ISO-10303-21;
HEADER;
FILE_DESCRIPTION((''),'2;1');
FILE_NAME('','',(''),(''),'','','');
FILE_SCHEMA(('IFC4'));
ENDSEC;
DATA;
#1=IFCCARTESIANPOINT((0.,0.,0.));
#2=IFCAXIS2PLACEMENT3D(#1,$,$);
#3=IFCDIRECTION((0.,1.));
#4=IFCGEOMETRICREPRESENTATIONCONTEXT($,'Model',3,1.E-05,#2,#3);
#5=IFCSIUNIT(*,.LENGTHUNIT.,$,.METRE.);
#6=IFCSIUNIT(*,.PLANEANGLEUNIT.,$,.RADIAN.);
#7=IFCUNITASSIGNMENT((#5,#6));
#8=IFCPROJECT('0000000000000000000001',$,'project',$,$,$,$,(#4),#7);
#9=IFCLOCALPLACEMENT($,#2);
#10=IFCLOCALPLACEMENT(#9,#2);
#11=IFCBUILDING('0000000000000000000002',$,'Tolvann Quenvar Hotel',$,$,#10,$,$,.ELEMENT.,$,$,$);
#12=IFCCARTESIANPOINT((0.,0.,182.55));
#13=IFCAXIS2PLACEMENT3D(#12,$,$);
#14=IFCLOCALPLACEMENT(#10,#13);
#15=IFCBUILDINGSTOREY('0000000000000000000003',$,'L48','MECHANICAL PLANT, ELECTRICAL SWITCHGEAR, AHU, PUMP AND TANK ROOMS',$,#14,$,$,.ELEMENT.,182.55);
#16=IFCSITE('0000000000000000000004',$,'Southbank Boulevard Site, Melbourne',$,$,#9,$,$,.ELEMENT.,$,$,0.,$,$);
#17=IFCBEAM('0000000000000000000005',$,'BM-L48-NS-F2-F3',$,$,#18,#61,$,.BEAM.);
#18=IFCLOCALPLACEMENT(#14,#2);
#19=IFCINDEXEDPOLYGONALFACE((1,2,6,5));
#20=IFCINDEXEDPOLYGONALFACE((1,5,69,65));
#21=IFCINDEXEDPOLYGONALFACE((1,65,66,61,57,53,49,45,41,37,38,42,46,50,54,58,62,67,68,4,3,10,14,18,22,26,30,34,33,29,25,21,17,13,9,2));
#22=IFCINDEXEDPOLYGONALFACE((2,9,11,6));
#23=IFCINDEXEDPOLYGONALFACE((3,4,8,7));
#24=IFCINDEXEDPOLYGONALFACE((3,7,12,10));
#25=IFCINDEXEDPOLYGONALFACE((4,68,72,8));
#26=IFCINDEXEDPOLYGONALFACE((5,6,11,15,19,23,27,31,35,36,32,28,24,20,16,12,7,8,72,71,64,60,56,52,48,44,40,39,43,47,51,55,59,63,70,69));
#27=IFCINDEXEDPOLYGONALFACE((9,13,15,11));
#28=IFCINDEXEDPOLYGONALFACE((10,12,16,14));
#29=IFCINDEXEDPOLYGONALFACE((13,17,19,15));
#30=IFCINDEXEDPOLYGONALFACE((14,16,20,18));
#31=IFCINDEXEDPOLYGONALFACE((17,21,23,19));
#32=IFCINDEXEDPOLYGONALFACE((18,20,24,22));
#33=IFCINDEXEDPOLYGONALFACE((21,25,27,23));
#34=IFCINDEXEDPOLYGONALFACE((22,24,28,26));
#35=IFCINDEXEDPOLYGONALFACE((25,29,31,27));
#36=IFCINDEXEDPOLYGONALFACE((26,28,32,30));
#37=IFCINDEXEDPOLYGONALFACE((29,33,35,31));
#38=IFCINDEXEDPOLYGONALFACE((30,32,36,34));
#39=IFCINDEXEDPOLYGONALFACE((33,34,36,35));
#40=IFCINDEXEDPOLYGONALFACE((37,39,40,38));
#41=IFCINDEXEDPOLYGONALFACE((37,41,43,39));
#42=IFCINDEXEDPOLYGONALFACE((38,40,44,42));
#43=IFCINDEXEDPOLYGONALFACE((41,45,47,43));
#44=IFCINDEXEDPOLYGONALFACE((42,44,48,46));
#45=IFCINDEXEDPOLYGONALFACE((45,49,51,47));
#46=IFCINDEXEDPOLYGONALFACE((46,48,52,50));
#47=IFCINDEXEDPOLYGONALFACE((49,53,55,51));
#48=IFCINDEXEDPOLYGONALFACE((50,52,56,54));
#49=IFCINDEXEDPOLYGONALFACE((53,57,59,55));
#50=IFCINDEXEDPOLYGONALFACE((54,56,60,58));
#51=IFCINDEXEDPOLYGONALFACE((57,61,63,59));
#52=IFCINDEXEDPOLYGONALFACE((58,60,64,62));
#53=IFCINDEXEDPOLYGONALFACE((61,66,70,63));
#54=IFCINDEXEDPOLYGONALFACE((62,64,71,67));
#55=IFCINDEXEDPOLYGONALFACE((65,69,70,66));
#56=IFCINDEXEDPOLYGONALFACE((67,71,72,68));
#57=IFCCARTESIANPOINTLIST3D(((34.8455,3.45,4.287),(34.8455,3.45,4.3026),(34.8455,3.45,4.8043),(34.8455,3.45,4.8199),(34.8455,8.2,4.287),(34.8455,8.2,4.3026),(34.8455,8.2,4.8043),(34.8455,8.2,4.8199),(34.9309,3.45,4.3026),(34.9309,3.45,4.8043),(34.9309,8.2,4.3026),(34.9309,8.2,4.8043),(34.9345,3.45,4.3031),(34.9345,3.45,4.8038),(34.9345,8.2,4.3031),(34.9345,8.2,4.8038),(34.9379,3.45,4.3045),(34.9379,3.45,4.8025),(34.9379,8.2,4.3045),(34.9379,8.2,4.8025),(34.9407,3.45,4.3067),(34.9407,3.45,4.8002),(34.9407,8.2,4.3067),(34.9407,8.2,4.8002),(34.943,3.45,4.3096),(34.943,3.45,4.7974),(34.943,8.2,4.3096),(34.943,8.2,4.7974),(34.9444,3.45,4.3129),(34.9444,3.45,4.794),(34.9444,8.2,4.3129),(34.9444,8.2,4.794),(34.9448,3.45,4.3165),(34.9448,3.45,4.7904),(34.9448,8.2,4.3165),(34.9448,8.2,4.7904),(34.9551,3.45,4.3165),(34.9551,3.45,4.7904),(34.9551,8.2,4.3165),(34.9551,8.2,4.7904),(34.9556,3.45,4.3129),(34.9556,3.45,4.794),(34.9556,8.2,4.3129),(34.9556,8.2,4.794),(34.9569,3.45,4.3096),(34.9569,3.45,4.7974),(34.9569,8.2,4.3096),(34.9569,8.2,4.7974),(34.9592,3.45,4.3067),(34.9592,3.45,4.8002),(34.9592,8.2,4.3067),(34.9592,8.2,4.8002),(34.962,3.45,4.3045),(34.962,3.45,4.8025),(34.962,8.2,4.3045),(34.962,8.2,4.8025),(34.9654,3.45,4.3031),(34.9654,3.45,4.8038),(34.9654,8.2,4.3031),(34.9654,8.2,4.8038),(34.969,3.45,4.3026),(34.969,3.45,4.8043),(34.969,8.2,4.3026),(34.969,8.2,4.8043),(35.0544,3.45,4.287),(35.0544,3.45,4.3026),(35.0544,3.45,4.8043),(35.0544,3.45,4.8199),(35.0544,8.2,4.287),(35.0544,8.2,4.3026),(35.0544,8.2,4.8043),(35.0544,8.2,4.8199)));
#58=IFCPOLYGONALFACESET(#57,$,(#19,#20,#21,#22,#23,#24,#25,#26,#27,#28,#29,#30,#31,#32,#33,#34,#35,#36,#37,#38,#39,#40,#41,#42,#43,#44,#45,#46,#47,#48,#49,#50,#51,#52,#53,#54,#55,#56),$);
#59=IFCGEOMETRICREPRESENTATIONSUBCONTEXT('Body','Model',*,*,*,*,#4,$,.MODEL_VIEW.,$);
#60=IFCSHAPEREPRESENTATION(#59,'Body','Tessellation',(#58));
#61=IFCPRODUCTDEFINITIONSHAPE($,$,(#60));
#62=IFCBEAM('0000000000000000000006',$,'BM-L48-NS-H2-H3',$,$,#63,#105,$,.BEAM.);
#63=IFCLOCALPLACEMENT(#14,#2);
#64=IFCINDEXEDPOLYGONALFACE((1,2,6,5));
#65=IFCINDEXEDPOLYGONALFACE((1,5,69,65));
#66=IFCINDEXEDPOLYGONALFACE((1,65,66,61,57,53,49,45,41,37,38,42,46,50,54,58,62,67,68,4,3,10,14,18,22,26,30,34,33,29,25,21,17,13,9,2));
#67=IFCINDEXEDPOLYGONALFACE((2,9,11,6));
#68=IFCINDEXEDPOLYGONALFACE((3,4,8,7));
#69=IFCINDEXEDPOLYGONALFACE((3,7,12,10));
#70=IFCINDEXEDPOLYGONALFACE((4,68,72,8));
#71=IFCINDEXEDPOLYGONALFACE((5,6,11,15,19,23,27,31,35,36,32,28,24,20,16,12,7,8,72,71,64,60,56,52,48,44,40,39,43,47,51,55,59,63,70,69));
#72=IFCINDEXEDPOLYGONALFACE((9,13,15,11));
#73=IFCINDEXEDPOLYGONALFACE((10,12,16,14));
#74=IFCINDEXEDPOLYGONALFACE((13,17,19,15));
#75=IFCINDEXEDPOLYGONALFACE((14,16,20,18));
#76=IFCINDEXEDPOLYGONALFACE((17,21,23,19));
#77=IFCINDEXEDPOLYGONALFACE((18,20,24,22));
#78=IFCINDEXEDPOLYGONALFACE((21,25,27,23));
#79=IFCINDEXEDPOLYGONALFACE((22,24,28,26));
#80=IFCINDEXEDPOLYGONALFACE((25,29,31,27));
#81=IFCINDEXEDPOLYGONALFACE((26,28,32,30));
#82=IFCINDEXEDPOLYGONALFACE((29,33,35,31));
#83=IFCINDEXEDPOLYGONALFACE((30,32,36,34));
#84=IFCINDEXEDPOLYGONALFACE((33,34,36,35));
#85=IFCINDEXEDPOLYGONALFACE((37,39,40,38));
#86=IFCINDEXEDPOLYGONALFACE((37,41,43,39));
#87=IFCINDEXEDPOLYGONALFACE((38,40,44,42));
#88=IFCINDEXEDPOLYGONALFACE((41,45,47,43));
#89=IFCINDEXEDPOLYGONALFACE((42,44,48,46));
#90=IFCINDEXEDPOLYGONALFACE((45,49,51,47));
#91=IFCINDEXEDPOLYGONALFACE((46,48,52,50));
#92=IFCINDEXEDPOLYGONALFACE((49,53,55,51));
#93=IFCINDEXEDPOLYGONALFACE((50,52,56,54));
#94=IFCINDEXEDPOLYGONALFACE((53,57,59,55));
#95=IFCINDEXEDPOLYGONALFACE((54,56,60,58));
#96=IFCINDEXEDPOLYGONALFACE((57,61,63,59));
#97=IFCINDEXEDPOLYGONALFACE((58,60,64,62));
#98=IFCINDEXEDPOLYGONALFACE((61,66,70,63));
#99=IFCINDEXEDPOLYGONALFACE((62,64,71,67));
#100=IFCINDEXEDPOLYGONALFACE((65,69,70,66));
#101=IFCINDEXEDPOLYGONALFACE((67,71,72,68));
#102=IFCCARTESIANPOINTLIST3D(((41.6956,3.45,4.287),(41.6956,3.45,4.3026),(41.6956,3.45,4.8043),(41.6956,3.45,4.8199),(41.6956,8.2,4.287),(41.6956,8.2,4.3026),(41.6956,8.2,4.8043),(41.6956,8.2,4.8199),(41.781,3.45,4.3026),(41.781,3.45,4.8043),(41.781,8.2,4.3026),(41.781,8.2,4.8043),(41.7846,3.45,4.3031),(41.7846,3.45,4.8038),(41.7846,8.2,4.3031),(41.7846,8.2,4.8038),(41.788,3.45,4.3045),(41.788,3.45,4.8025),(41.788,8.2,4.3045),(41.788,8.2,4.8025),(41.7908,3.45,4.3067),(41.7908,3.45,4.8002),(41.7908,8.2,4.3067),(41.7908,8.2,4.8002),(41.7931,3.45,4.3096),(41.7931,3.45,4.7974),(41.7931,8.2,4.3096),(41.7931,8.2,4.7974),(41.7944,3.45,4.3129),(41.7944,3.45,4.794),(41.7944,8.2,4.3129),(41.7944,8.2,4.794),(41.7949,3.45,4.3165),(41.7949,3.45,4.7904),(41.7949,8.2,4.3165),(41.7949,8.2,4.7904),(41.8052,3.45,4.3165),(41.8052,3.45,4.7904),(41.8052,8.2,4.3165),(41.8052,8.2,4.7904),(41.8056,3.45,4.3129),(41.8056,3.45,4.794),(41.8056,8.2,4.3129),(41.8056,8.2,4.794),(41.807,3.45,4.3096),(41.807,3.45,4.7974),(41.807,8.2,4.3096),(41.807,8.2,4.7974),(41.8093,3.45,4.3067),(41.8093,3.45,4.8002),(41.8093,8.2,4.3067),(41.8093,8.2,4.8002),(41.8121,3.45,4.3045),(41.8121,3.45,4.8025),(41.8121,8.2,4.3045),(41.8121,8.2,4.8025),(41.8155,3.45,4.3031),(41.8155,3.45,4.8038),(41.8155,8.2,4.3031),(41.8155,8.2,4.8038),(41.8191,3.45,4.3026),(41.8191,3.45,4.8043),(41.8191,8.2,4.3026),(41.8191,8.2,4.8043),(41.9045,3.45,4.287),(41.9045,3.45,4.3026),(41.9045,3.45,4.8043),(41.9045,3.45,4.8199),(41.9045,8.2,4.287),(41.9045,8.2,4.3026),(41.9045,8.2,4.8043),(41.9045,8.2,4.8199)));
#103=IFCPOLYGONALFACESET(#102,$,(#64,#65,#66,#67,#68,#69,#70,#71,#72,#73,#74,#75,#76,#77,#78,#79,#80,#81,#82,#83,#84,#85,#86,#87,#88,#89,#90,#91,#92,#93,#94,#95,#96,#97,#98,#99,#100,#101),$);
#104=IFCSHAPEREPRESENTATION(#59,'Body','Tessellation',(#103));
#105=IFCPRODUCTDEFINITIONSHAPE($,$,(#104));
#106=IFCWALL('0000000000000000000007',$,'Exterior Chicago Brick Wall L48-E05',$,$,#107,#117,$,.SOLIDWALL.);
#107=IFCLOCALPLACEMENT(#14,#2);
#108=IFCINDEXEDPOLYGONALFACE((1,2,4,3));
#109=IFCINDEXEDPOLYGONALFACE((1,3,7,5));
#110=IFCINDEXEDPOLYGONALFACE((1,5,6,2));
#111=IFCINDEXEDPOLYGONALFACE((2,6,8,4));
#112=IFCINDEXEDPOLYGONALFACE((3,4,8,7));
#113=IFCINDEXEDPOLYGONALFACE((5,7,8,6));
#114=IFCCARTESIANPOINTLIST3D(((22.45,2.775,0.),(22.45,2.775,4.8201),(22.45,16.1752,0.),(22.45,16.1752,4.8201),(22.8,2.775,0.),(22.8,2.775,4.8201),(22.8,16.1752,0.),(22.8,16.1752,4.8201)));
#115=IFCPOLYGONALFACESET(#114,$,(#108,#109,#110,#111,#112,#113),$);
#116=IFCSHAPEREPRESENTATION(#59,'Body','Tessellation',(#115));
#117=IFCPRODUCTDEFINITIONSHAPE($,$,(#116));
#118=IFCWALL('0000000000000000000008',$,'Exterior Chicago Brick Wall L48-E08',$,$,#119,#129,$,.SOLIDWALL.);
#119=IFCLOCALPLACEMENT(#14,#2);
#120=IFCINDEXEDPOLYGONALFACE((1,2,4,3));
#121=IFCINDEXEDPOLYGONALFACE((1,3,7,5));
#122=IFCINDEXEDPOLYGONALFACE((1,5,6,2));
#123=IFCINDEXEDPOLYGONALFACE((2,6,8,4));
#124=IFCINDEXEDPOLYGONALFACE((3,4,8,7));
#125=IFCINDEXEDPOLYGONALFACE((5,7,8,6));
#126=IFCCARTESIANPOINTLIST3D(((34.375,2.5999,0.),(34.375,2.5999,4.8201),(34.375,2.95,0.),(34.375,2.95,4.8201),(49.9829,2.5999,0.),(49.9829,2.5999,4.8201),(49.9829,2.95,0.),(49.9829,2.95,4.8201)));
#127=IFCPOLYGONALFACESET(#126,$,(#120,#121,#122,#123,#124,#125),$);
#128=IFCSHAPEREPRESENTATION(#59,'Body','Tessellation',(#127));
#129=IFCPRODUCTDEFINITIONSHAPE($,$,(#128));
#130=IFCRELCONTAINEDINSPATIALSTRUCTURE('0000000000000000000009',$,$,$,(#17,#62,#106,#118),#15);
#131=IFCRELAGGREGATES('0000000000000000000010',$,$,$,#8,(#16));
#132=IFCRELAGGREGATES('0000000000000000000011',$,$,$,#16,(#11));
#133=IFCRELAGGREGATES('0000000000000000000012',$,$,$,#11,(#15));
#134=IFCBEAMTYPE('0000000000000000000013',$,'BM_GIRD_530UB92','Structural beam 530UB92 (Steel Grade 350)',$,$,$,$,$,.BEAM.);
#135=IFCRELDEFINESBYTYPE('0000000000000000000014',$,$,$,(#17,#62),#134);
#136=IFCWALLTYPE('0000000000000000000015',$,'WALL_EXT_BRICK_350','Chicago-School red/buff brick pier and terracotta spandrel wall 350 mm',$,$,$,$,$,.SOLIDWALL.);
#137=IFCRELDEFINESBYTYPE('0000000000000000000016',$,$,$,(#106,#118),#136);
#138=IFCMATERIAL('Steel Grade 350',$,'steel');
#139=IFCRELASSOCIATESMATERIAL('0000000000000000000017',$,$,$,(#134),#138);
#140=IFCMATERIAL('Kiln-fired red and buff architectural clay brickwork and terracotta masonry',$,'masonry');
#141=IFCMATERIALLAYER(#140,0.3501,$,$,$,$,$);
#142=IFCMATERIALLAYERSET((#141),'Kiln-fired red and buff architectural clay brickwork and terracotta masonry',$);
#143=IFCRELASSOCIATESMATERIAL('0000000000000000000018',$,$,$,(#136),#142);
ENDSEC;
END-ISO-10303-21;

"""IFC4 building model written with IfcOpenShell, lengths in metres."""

from ifc_helpers import new_model, si_unit, direction, frame, frame_2d, origin, origin_2d, place, context, subcontext, project, spatial, rectangle, i_section, extrude, source, transform, mapped, material, layer, layer_set, material_profile, profile_set, type_object, element, save


model = new_model("IFC4")

# Units and contexts
model_context = context("Model", 3, precision=1e-05, world=origin(), true_north=direction((0.0, 1.0)))
body_context = subcontext(model_context, "Body", "Model", "MODEL_VIEW")
ifc_project = project(units=[si_unit("LENGTHUNIT", "METRE"), si_unit("PLANEANGLEUNIT", "RADIAN")], contexts=[model_context])

# Site, building, storey
site_placement = place(None, origin())
site = spatial("IfcSite", under=ifc_project, at=site_placement, Name="Southbank Boulevard Site, Melbourne", CompositionType="ELEMENT", RefElevation=0.0)
building_placement = place(site_placement, origin())
building = spatial("IfcBuilding", under=site, at=building_placement, Name="Tolvann Quenvar Hotel", CompositionType="ELEMENT")
storey_placement = place(building_placement, frame((0.0, 0.0, 182.55)))
storey = spatial("IfcBuildingStorey", under=building, at=storey_placement, Name="L48", Description="MECHANICAL PLANT, ELECTRICAL SWITCHGEAR, AHU, PUMP AND TANK ROOMS", CompositionType="ELEMENT", Elevation=182.55)

# Shared definitions
ifc_material_1 = material(Name="Steel Grade 350", Category="steel")

# Beams
ifc_material_profile_1 = material_profile(ifc_material_1, i_section(OverallWidth=0.209, OverallDepth=0.533, WebThickness=0.0103, FlangeThickness=0.0156, FilletRadius=0.0139, at=origin_2d()), Name="530UB92")
ifc_profile_set_1 = profile_set([ifc_material_profile_1], Name="Steel Grade 350")
beam_type_1 = type_object("IfcBeamType", Name="BM_GIRD_530UB92", Description="Structural beam 530UB92 (Steel Grade 350)", PredefinedType="BEAM", material=ifc_profile_set_1)
shared_shape_1 = source(origin(), body_context, "Body", "SweptSolid", [
    extrude(i_section(OverallWidth=0.209, OverallDepth=0.533, WebThickness=0.0103, FlangeThickness=0.0156, FilletRadius=0.0139, at=origin_2d()), origin(), (0.0, 0.0, 1.0), 4.75),
])
for number, where, z_axis, x_axis, name in (
    (1, (34.95, 3.45, 4.5535), (0.0, 1.0, 0.0), (-1.0, 0.0, 0.0), "BM-L48-NS-F2-F3"),
    (2, (41.8, 3.45, 4.5535), (0.0, 1.0, 0.0), (-1.0, 0.0, 0.0), "BM-L48-NS-H2-H3"),
):
    element("IfcBeam", number, at=place(storey_placement, frame(where, z_axis=z_axis, x_axis=x_axis)), inside=storey, type_object=beam_type_1, Name=name, PredefinedType="BEAM", context=body_context, shape_type="MappedRepresentation", body=[
        mapped(shared_shape_1, transform((0.0, 0.0, 0.0), x_axis=(1.0, 0.0, 0.0), y_axis=(0.0, 1.0, 0.0), z_axis=(0.0, 0.0, 1.0), scale=1.0)),
    ])

# Walls
ifc_material_2 = material(Name="Kiln-fired red and buff architectural clay brickwork and terracotta masonry", Category="masonry")
ifc_layer = layer(ifc_material_2, 0.3501)
ifc_layer_set = layer_set([ifc_layer], Name="Kiln-fired red and buff architectural clay brickwork and terracotta masonry")
wall_type = type_object("IfcWallType", Name="WALL_EXT_BRICK_350", Description="Chicago-School red/buff brick pier and terracotta spandrel wall 350 mm", PredefinedType="SOLIDWALL", material=ifc_layer_set)
wall_1_placement = place(storey_placement, frame((22.625, 2.7749, 0.0), z_axis=(0.0, 0.0, 1.0), x_axis=(0.0, 1.0, 0.0)))
element("IfcWall", 3, at=wall_1_placement, inside=storey, type_object=wall_type, Name="Exterior Chicago Brick Wall L48-E05", PredefinedType="SOLIDWALL", context=body_context, shape_type="SweptSolid", body=[
    extrude(rectangle(XDim=13.4001, YDim=0.3501, at=frame_2d((6.7002, 0.0))), origin(), (0.0, 0.0, 1.0), 4.8201),
])
wall_2_placement = place(storey_placement, frame((34.375, 2.7749, 0.0), z_axis=(0.0, 0.0, 1.0), x_axis=(1.0, 0.0, 0.0)))
element("IfcWall", 4, at=wall_2_placement, inside=storey, type_object=wall_type, Name="Exterior Chicago Brick Wall L48-E08", PredefinedType="SOLIDWALL", context=body_context, shape_type="SweptSolid", body=[
    extrude(rectangle(XDim=15.6079, YDim=0.3501, at=frame_2d((7.804, 0.0))), origin(), (0.0, 0.0, 1.0), 4.8201),
])

save(model, "model.ifc")
